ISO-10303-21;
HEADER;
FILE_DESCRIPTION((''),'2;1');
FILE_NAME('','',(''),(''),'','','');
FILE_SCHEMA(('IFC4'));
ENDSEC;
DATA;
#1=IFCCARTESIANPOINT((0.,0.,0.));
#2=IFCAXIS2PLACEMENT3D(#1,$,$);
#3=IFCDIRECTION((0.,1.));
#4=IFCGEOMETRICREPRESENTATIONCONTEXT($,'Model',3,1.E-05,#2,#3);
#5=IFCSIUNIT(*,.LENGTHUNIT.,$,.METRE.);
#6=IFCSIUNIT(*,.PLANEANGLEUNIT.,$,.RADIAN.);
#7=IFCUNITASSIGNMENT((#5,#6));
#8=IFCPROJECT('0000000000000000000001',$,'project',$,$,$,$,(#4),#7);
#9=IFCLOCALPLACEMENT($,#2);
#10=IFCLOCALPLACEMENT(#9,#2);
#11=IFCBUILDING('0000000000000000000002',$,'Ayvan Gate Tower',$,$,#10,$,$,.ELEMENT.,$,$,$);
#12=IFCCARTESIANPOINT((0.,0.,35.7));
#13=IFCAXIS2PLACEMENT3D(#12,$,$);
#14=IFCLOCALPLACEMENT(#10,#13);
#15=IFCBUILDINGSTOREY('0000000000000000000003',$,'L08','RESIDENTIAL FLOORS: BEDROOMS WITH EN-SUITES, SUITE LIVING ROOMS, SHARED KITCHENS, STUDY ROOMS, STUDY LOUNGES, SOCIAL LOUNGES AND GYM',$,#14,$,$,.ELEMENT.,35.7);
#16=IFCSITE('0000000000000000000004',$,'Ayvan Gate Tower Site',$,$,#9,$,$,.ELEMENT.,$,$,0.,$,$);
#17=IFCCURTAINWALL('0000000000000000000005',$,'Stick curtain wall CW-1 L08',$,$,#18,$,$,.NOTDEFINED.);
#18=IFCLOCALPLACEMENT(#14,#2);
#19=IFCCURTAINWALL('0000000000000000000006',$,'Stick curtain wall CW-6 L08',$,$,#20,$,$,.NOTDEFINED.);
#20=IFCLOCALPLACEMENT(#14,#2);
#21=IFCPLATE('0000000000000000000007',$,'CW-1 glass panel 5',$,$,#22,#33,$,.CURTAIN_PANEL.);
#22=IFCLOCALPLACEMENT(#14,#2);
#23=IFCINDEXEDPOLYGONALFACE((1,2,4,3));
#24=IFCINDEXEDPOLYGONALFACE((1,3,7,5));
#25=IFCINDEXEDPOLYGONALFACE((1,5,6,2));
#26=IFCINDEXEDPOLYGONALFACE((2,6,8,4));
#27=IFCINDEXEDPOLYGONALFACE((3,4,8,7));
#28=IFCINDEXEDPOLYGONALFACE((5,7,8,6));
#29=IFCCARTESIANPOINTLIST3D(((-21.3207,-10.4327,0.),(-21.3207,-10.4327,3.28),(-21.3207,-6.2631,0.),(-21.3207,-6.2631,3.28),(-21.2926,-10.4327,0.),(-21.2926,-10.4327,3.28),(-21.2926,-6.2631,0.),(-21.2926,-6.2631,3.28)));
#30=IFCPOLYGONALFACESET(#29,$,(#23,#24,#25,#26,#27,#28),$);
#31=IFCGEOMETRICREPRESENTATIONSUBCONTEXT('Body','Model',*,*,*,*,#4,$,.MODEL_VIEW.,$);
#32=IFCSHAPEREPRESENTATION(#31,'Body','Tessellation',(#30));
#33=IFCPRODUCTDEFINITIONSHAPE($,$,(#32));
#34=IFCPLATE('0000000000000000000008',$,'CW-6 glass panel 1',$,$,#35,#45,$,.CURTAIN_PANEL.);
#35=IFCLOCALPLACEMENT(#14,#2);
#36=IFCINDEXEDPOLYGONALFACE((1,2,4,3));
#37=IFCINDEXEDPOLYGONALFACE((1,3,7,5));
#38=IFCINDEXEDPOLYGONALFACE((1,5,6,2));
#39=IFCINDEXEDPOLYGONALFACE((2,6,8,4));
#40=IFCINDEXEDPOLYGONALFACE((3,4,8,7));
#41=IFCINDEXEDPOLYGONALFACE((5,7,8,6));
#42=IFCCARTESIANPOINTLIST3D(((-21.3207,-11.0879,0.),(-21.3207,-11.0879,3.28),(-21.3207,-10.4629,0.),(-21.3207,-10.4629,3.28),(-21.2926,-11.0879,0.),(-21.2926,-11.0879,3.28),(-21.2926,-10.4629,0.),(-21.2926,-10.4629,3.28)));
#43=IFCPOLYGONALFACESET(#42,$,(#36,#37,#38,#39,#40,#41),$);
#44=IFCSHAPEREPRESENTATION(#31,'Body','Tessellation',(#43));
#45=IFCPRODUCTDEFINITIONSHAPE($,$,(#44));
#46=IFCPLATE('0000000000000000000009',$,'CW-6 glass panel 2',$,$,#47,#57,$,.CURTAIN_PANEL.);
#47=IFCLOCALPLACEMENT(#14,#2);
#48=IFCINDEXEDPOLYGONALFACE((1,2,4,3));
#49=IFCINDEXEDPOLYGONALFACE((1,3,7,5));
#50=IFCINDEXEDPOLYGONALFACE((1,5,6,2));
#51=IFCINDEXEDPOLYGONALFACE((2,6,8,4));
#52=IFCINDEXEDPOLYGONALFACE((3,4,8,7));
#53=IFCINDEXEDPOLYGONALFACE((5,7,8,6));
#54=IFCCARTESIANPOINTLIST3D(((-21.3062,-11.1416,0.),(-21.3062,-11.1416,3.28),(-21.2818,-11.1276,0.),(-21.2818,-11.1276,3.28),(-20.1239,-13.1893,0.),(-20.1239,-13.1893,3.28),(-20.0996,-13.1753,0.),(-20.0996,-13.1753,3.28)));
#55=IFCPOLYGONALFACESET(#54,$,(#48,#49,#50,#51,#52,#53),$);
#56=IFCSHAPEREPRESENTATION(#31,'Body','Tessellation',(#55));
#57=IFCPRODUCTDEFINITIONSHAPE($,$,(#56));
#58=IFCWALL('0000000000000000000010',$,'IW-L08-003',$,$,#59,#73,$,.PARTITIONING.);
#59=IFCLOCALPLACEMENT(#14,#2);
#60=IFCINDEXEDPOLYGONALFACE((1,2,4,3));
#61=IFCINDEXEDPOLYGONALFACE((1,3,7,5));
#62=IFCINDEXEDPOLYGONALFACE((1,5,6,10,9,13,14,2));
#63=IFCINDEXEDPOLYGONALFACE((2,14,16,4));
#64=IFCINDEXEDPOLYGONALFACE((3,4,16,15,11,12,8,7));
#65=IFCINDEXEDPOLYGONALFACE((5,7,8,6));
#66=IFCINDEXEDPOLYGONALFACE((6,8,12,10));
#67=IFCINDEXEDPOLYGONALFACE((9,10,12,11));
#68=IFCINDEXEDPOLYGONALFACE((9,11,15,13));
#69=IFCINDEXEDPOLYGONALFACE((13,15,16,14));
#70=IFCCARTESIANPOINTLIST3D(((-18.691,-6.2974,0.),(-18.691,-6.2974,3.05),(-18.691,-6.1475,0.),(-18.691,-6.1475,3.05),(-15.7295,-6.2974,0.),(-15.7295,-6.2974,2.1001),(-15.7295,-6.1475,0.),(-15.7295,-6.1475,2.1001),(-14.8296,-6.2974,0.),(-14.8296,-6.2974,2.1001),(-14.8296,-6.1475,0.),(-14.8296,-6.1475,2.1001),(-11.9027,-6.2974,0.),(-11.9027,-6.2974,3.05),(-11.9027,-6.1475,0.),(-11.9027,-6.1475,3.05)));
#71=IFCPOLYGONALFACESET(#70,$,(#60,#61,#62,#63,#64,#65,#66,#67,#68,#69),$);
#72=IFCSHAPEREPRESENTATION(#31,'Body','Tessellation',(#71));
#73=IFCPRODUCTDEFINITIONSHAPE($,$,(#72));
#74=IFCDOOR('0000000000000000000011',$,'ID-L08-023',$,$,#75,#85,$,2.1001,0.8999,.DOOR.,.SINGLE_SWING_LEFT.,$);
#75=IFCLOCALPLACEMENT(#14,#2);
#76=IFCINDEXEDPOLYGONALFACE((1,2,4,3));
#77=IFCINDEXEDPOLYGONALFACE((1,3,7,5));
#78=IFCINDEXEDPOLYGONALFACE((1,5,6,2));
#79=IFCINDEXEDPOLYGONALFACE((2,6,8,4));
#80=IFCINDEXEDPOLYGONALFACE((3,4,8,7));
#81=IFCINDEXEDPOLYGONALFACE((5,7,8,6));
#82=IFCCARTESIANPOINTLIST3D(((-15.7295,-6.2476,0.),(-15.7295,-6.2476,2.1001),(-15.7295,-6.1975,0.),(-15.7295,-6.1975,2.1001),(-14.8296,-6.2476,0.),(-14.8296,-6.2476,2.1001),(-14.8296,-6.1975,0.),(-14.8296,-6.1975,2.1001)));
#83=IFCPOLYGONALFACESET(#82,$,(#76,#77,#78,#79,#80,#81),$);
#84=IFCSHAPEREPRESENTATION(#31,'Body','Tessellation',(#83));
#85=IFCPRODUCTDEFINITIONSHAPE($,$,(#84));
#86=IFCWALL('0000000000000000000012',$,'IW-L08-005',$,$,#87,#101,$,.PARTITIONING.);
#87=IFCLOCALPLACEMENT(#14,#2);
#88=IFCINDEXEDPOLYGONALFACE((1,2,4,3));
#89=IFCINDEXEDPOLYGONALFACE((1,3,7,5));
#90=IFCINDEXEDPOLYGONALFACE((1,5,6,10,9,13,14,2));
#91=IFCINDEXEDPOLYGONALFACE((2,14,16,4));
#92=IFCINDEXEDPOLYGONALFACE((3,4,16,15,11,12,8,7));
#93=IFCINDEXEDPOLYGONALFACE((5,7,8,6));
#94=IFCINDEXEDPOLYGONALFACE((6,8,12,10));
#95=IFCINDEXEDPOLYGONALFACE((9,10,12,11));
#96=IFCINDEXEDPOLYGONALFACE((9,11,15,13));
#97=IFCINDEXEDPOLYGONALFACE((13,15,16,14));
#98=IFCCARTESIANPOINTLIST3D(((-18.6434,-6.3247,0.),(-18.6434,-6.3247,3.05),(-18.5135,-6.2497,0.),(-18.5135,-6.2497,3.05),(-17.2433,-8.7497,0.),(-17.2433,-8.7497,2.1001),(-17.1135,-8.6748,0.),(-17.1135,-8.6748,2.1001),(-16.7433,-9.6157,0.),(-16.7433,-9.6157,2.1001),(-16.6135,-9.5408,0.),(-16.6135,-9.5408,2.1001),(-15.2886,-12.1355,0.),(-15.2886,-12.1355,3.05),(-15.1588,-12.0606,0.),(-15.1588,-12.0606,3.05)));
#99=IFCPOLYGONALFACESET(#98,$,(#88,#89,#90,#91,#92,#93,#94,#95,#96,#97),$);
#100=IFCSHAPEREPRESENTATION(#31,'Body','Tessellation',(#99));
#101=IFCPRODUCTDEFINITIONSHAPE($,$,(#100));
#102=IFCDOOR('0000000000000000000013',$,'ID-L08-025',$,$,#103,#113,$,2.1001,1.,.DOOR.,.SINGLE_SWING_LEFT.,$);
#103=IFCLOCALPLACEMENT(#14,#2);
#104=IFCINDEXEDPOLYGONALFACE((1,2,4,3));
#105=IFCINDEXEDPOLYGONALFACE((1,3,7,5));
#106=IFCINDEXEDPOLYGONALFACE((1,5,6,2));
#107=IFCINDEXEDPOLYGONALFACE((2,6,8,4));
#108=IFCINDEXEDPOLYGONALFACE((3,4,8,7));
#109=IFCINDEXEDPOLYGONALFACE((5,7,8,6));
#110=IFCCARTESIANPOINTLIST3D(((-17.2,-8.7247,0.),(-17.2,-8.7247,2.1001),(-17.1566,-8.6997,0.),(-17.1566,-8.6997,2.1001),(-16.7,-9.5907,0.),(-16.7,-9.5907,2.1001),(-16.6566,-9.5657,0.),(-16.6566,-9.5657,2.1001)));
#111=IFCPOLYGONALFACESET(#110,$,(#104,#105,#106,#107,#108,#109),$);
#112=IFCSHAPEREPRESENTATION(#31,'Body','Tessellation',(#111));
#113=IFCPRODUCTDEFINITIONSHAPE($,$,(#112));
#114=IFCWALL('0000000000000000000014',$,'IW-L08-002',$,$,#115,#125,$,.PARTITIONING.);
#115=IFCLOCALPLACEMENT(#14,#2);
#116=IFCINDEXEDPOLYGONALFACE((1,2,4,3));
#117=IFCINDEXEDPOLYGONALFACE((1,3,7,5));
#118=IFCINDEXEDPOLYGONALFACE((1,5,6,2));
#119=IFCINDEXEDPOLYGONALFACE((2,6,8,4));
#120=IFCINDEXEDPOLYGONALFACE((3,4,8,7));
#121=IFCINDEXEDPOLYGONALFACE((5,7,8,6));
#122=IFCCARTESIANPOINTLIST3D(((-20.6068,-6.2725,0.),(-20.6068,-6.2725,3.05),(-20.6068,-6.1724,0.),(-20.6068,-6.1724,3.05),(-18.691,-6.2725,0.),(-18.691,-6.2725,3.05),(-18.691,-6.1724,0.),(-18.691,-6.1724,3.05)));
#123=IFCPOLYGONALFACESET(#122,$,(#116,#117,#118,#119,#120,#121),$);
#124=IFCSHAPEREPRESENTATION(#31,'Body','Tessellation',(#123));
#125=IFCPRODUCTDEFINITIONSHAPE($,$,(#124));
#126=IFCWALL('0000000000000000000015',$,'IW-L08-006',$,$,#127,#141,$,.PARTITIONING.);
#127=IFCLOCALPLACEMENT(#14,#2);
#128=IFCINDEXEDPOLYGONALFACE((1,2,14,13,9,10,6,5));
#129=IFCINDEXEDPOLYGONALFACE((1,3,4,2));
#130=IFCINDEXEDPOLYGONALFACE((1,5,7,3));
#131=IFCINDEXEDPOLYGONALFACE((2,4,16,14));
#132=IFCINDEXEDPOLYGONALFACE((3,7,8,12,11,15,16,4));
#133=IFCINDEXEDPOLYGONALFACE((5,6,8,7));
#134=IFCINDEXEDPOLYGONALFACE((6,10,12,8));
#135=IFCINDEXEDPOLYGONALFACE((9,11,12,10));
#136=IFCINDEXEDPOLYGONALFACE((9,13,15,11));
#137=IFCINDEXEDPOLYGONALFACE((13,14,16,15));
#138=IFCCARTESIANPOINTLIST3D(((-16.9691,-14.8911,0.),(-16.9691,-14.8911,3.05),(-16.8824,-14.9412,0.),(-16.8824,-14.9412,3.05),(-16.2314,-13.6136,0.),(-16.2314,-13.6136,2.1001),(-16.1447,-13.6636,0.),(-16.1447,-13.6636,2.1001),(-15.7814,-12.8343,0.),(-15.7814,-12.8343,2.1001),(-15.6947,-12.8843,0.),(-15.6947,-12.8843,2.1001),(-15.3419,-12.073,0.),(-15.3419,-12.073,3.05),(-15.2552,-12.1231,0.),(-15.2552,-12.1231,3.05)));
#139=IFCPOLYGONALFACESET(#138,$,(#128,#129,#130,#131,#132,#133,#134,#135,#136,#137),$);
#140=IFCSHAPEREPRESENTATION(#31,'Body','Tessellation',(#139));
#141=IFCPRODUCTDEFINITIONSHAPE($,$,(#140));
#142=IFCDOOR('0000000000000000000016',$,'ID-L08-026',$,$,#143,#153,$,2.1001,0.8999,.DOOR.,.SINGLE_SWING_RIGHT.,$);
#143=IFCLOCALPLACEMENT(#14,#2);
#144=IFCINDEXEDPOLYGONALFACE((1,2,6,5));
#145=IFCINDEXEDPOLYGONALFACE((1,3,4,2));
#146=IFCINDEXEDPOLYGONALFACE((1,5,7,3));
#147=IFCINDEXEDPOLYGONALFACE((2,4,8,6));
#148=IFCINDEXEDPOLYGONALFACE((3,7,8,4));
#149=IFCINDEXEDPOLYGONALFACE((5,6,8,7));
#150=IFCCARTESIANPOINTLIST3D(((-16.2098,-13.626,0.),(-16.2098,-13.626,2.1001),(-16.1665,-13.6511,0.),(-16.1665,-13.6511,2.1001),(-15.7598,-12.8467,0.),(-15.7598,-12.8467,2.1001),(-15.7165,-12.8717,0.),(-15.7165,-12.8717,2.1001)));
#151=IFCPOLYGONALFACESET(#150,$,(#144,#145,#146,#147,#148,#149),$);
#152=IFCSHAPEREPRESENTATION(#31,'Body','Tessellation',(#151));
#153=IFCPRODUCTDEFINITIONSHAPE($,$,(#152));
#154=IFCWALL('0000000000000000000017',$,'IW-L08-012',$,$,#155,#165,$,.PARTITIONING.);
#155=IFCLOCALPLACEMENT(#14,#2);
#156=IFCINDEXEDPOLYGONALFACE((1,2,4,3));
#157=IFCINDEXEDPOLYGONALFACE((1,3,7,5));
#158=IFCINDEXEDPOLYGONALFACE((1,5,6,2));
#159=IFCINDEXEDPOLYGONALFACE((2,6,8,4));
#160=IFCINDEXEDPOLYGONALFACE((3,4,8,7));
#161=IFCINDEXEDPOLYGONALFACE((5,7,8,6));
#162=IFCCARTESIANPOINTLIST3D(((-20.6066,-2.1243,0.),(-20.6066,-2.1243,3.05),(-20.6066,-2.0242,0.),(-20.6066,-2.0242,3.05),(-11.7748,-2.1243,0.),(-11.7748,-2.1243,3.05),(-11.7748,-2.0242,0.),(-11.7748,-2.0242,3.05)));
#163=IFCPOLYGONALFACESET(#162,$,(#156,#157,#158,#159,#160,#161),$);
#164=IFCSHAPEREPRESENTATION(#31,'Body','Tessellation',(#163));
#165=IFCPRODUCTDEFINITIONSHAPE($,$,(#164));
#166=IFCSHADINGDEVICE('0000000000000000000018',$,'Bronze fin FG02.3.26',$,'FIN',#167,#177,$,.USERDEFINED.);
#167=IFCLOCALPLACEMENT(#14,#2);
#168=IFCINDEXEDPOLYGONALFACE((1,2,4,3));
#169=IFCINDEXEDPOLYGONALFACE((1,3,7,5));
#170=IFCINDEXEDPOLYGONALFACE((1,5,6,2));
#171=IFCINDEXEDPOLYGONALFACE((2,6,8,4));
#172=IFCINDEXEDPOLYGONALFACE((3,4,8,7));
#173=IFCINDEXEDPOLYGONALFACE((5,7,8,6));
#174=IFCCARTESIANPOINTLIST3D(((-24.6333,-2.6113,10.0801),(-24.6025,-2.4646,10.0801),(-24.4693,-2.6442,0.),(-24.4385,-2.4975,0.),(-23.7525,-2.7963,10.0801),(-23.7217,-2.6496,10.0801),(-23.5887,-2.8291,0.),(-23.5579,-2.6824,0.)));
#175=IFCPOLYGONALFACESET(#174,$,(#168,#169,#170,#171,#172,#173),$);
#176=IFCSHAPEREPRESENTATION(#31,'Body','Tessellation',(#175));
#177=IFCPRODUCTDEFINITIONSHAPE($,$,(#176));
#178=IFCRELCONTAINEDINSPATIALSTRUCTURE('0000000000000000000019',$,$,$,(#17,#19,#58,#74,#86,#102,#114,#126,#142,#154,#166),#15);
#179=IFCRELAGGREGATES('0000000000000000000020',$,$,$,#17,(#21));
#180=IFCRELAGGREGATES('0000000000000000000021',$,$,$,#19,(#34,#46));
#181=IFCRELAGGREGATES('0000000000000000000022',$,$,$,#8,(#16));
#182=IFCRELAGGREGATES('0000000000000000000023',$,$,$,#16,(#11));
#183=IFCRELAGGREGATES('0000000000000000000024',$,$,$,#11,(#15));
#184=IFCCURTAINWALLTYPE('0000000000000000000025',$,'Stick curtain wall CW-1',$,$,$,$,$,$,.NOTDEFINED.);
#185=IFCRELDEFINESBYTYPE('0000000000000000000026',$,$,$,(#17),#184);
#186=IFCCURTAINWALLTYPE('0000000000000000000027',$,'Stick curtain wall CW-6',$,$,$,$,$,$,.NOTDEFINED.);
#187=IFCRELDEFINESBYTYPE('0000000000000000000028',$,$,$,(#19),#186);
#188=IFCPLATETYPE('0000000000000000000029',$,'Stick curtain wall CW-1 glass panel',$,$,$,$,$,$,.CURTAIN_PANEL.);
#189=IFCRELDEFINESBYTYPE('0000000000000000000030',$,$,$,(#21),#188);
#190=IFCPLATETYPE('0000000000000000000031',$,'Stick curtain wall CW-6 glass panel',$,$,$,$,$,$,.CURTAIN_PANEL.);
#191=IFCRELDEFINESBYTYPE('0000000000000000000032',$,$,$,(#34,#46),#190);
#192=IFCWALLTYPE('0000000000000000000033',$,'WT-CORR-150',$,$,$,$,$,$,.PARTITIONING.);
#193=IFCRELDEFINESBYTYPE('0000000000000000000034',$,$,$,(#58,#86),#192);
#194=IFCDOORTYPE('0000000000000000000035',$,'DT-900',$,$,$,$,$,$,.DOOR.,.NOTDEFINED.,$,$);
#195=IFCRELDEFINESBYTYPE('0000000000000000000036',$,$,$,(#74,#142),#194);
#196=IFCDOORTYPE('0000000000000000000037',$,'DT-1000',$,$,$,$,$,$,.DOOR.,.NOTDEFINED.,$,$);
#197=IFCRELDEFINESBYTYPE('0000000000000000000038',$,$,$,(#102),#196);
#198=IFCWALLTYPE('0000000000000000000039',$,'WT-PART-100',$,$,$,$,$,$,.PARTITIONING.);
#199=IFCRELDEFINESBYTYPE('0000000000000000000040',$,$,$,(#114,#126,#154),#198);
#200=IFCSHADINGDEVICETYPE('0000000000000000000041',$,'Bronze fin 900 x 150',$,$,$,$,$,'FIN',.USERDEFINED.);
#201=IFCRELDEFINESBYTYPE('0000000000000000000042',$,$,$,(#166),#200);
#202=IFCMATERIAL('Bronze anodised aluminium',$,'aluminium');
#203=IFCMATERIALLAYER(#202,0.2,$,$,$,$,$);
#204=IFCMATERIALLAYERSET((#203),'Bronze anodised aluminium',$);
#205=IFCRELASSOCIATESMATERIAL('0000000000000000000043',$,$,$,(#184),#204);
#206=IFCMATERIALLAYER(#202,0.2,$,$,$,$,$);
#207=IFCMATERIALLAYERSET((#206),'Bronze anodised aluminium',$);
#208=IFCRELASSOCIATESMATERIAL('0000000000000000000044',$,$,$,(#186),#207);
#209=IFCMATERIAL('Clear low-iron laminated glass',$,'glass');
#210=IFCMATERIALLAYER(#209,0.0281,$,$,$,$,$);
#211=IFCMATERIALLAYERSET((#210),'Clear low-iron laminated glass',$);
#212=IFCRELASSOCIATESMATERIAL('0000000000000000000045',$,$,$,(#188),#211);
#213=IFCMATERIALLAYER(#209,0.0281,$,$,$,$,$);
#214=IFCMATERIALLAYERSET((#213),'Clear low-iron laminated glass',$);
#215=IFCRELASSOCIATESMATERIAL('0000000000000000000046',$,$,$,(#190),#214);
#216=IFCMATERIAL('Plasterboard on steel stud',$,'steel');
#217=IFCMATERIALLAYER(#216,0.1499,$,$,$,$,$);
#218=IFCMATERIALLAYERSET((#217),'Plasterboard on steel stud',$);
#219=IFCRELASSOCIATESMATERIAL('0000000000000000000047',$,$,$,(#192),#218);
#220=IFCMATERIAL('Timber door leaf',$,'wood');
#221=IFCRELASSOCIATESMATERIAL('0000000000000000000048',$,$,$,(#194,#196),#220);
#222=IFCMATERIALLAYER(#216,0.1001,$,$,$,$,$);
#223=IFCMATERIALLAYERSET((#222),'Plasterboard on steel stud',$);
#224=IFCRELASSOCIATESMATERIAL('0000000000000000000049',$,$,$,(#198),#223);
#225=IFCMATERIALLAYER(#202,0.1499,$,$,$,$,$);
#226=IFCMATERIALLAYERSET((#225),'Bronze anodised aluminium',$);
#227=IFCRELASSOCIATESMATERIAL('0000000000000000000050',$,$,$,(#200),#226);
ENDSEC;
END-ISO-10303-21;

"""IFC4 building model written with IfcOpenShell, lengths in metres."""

from ifc_helpers import new_model, si_unit, direction, frame, frame_2d, origin, origin_2d, place, context, subcontext, project, spatial, polyline, rectangle, outline, extrude, material, layer, layer_set, type_object, element, fill, aggregate, save


model = new_model("IFC4")

# Units and contexts
model_context = context("Model", 3, precision=1e-05, world=origin(), true_north=direction((0.0, 1.0)))
body_context = subcontext(model_context, "Body", "Model", "MODEL_VIEW")
ifc_project = project(units=[si_unit("LENGTHUNIT", "METRE"), si_unit("PLANEANGLEUNIT", "RADIAN")], contexts=[model_context])

# Site, building, storey
site_placement = place(None, origin())
site = spatial("IfcSite", under=ifc_project, at=site_placement, Name="Ayvan Gate Tower Site", CompositionType="ELEMENT", RefElevation=0.0)
building_placement = place(site_placement, origin())
building = spatial("IfcBuilding", under=site, at=building_placement, Name="Ayvan Gate Tower", CompositionType="ELEMENT")
storey_placement = place(building_placement, frame((0.0, 0.0, 35.7)))
storey = spatial("IfcBuildingStorey", under=building, at=storey_placement, Name="L08", Description="RESIDENTIAL FLOORS: BEDROOMS WITH EN-SUITES, SUITE LIVING ROOMS, SHARED KITCHENS, STUDY ROOMS, STUDY LOUNGES, SOCIAL LOUNGES AND GYM", CompositionType="ELEMENT", Elevation=35.7)

# Curtain walls
ifc_material_1 = material(Name="Bronze anodised aluminium", Category="aluminium")
ifc_layer_1 = layer(ifc_material_1, 0.2)
ifc_layer_set_1 = layer_set([ifc_layer_1], Name="Bronze anodised aluminium")
curtain_wall_type_1 = type_object("IfcCurtainWallType", Name="Stick curtain wall CW-1", PredefinedType="NOTDEFINED", material=ifc_layer_set_1)
curtain_wall_1_placement = place(storey_placement, origin())
curtain_wall_1 = element("IfcCurtainWall", 1, at=curtain_wall_1_placement, inside=storey, type_object=curtain_wall_type_1, Name="Stick curtain wall CW-1 L08", PredefinedType="NOTDEFINED")
ifc_layer_2 = layer(ifc_material_1, 0.2)
ifc_layer_set_2 = layer_set([ifc_layer_2], Name="Bronze anodised aluminium")
curtain_wall_type_2 = type_object("IfcCurtainWallType", Name="Stick curtain wall CW-6", PredefinedType="NOTDEFINED", material=ifc_layer_set_2)
curtain_wall_2_placement = place(storey_placement, origin())
curtain_wall_2 = element("IfcCurtainWall", 2, at=curtain_wall_2_placement, inside=storey, type_object=curtain_wall_type_2, Name="Stick curtain wall CW-6 L08", PredefinedType="NOTDEFINED")

# Plates
ifc_material_2 = material(Name="Clear low-iron laminated glass", Category="glass")
ifc_layer_3 = layer(ifc_material_2, 0.0281)
ifc_layer_set_3 = layer_set([ifc_layer_3], Name="Clear low-iron laminated glass")
plate_type_1 = type_object("IfcPlateType", Name="Stick curtain wall CW-1 glass panel", PredefinedType="CURTAIN_PANEL", material=ifc_layer_set_3)
plate_1_placement = place(storey_placement, frame((-21.3066, -8.3479, 0.0), z_axis=(0.0, 0.0, 1.0), x_axis=(0.0, -1.0, 0.0)))
plate_1 = element("IfcPlate", 3, at=plate_1_placement, type_object=plate_type_1, Name="CW-1 glass panel 5", PredefinedType="CURTAIN_PANEL", context=body_context, shape_type="SweptSolid", body=[
    extrude(rectangle(XDim=4.1697, YDim=0.0281, at=origin_2d()), origin(), (0.0, 0.0, 1.0), 3.28),
])
aggregate(curtain_wall_1, [plate_1])
ifc_layer_4 = layer(ifc_material_2, 0.0281)
ifc_layer_set_4 = layer_set([ifc_layer_4], Name="Clear low-iron laminated glass")
plate_type_2 = type_object("IfcPlateType", Name="Stick curtain wall CW-6 glass panel", PredefinedType="CURTAIN_PANEL", material=ifc_layer_set_4)
plate_2_placement = place(storey_placement, frame((-21.3066, -10.7754, 0.0), z_axis=(0.0, 0.0, 1.0), x_axis=(0.0, -1.0, 0.0)))
plate_2 = element("IfcPlate", 4, at=plate_2_placement, type_object=plate_type_2, Name="CW-6 glass panel 1", PredefinedType="CURTAIN_PANEL", context=body_context, shape_type="SweptSolid", body=[
    extrude(rectangle(XDim=0.625, YDim=0.0281, at=origin_2d()), origin(), (0.0, 0.0, 1.0), 3.28),
])
plate_3_placement = place(storey_placement, frame((-20.7029, -12.1584, 0.0), z_axis=(0.0, 0.0, 1.0), x_axis=(0.5, -0.866025, 0.0)))
plate_3 = element("IfcPlate", 5, at=plate_3_placement, type_object=plate_type_2, Name="CW-6 glass panel 2", PredefinedType="CURTAIN_PANEL", context=body_context, shape_type="SweptSolid", body=[
    extrude(rectangle(XDim=2.3645, YDim=0.0281, at=origin_2d()), origin(), (0.0, 0.0, 1.0), 3.28),
])
aggregate(curtain_wall_2, [plate_2, plate_3])

# Walls, openings, doors
ifc_material_3 = material(Name="Plasterboard on steel stud", Category="steel")
ifc_layer_5 = layer(ifc_material_3, 0.1499)
ifc_layer_set_5 = layer_set([ifc_layer_5], Name="Plasterboard on steel stud")
wall_type_1 = type_object("IfcWallType", Name="WT-CORR-150", PredefinedType="PARTITIONING", material=ifc_layer_set_5)
wall_1_placement = place(storey_placement, frame((-18.6909, -6.2224, 0.0), z_axis=(0.0, 0.0, 1.0), x_axis=(1.0, 0.0, 0.0)))
wall_1 = element("IfcWall", 6, at=wall_1_placement, inside=storey, type_object=wall_type_1, Name="IW-L08-003", PredefinedType="PARTITIONING", context=body_context, shape_type="SweptSolid", body=[
    extrude(rectangle(XDim=6.7883, YDim=0.1499, at=frame_2d((3.394, 0.0))), origin(), (0.0, 0.0, 1.0), 3.05),
])
opening_1_placement = place(wall_1_placement, frame((2.9614, 0.0, 0.0)))
opening_1 = element("IfcOpeningElement", 7, at=opening_1_placement, cuts=wall_1, PredefinedType="OPENING", context=body_context, shape_type="SweptSolid", body=[
    extrude(rectangle(XDim=0.8999, YDim=2.1001, at=frame_2d((0.45, 1.05))), frame((0.0, 0.085, 0.0), z_axis=(0.0, -1.0, 0.0), x_axis=(1.0, 0.0, 0.0)), (0.0, 0.0, 1.0), 0.1699),
])
ifc_material_4 = material(Name="Timber door leaf", Category="wood")
door_type_1 = type_object("IfcDoorType", Name="DT-900", OperationType="NOTDEFINED", PredefinedType="DOOR", material=ifc_material_4)
door_1_placement = place(opening_1_placement, origin())
door_1 = element("IfcDoor", 8, at=door_1_placement, inside=storey, type_object=door_type_1, Name="ID-L08-023", OperationType="SINGLE_SWING_LEFT", OverallHeight=2.1001, OverallWidth=0.8999, PredefinedType="DOOR", context=body_context, shape_type="SweptSolid", body=[
    extrude(rectangle(XDim=0.8999, YDim=2.1001, at=frame_2d((0.45, 1.05))), frame((0.0, 0.0249, 0.0), z_axis=(0.0, -1.0, 0.0), x_axis=(1.0, 0.0, 0.0)), (0.0, 0.0, 1.0), 0.05),
])
fill(opening_1, door_1)
wall_2_placement = place(storey_placement, frame((-15.2236, -12.0981, 0.0), z_axis=(0.0, 0.0, 1.0), x_axis=(-0.499986, 0.866033, 0.0)))
wall_2 = element("IfcWall", 9, at=wall_2_placement, inside=storey, type_object=wall_type_1, Name="IW-L08-005", PredefinedType="PARTITIONING", context=body_context, shape_type="SweptSolid", body=[
    extrude(rectangle(XDim=6.7097, YDim=0.1499, at=frame_2d((3.355, 0.0))), origin(), (0.0, 0.0, 1.0), 3.05),
])
opening_2_placement = place(wall_2_placement, frame((2.9097, 0.0, 0.0)))
opening_2 = element("IfcOpeningElement", 10, at=opening_2_placement, cuts=wall_2, PredefinedType="OPENING", context=body_context, shape_type="SweptSolid", body=[
    extrude(rectangle(XDim=1.0, YDim=2.1001, at=frame_2d((0.5, 1.05))), frame((0.0, 0.085, 0.0), z_axis=(0.0, -1.0, 0.0), x_axis=(1.0, 0.0, 0.0)), (0.0, 0.0, 1.0), 0.1699),
])
door_type_2 = type_object("IfcDoorType", Name="DT-1000", OperationType="NOTDEFINED", PredefinedType="DOOR", material=ifc_material_4)
door_2_placement = place(opening_2_placement, origin())
door_2 = element("IfcDoor", 11, at=door_2_placement, inside=storey, type_object=door_type_2, Name="ID-L08-025", OperationType="SINGLE_SWING_LEFT", OverallHeight=2.1001, OverallWidth=1.0, PredefinedType="DOOR", context=body_context, shape_type="SweptSolid", body=[
    extrude(rectangle(XDim=1.0, YDim=2.1001, at=frame_2d((0.5, 1.05))), frame((0.0, 0.0249, 0.0), z_axis=(0.0, -1.0, 0.0), x_axis=(1.0, 0.0, 0.0)), (0.0, 0.0, 1.0), 0.05),
])
fill(opening_2, door_2)

# Wall
ifc_layer_6 = layer(ifc_material_3, 0.1001)
ifc_layer_set_6 = layer_set([ifc_layer_6], Name="Plasterboard on steel stud")
wall_type_2 = type_object("IfcWallType", Name="WT-PART-100", PredefinedType="PARTITIONING", material=ifc_layer_set_6)
wall_3_placement = place(storey_placement, frame((-18.6909, -6.2224, 0.0), z_axis=(0.0, 0.0, 1.0), x_axis=(-1.0, 0.0, 0.0)))
element("IfcWall", 12, at=wall_3_placement, inside=storey, type_object=wall_type_2, Name="IW-L08-002", PredefinedType="PARTITIONING", context=body_context, shape_type="SweptSolid", body=[
    extrude(rectangle(XDim=1.9158, YDim=0.1001, at=frame_2d((0.958, 0.0))), origin(), (0.0, 0.0, 1.0), 3.05),
])

# Wall, opening, door
wall_4_placement = place(storey_placement, frame((-15.2986, -12.0981, 0.0), z_axis=(0.0, 0.0, 1.0), x_axis=(-0.500036, -0.866004, 0.0)))
wall_4 = element("IfcWall", 13, at=wall_4_placement, inside=storey, type_object=wall_type_2, Name="IW-L08-006", PredefinedType="PARTITIONING", context=body_context, shape_type="SweptSolid", body=[
    extrude(rectangle(XDim=3.2542, YDim=0.1001, at=frame_2d((1.627, 0.0))), origin(), (0.0, 0.0, 1.0), 3.05),
])
opening_3_placement = place(wall_4_placement, frame((0.8789, 0.0, 0.0)))
opening_3 = element("IfcOpeningElement", 14, at=opening_3_placement, cuts=wall_4, PredefinedType="OPENING", context=body_context, shape_type="SweptSolid", body=[
    extrude(rectangle(XDim=0.8999, YDim=2.1001, at=frame_2d((0.45, 1.05))), frame((0.0, 0.0601, 0.0), z_axis=(0.0, -1.0, 0.0), x_axis=(1.0, 0.0, 0.0)), (0.0, 0.0, 1.0), 0.1201),
])
door_3_placement = place(opening_3_placement, origin())
door_3 = element("IfcDoor", 15, at=door_3_placement, inside=storey, type_object=door_type_1, Name="ID-L08-026", OperationType="SINGLE_SWING_RIGHT", OverallHeight=2.1001, OverallWidth=0.8999, PredefinedType="DOOR", context=body_context, shape_type="SweptSolid", body=[
    extrude(rectangle(XDim=0.8999, YDim=2.1001, at=frame_2d((0.45, 1.05))), frame((0.0, 0.0249, 0.0), z_axis=(0.0, -1.0, 0.0), x_axis=(1.0, 0.0, 0.0)), (0.0, 0.0, 1.0), 0.05),
])
fill(opening_3, door_3)

# Wall
wall_5_placement = place(storey_placement, frame((-20.6067, -2.0742, 0.0), z_axis=(0.0, 0.0, 1.0), x_axis=(1.0, 0.0, 0.0)))
element("IfcWall", 16, at=wall_5_placement, inside=storey, type_object=wall_type_2, Name="IW-L08-012", PredefinedType="PARTITIONING", context=body_context, shape_type="SweptSolid", body=[
    extrude(rectangle(XDim=8.8318, YDim=0.1001, at=frame_2d((4.416, 0.0))), origin(), (0.0, 0.0, 1.0), 3.05),
])

# Shading device
ifc_layer_7 = layer(ifc_material_1, 0.1499)
ifc_layer_set_7 = layer_set([ifc_layer_7], Name="Bronze anodised aluminium")
shading_device_type = type_object("IfcShadingDeviceType", Name="Bronze fin 900 x 150", ElementType="FIN", PredefinedType="USERDEFINED", material=ifc_layer_set_7)
shading_device_1_placement = place(storey_placement, frame((-23.5579, -2.6824, 0.0), z_axis=(0.205498, 0.978658, 0.000154), x_axis=(-0.978658, 0.205498, 0.0)))
element("IfcShadingDevice", 17, at=shading_device_1_placement, inside=storey, type_object=shading_device_type, Name="Bronze fin FG02.3.26", ObjectType="FIN", PredefinedType="USERDEFINED", context=body_context, shape_type="SweptSolid", body=[
    extrude(outline(polyline([(0.0, 0.0), (0.8998, 0.0), (1.0671, 10.0801), (0.1671, 10.0801), (0.0, 0.0)])), origin(), (0.0, 0.0, -1.0), 0.1499),
])

save(model, "model.ifc")
